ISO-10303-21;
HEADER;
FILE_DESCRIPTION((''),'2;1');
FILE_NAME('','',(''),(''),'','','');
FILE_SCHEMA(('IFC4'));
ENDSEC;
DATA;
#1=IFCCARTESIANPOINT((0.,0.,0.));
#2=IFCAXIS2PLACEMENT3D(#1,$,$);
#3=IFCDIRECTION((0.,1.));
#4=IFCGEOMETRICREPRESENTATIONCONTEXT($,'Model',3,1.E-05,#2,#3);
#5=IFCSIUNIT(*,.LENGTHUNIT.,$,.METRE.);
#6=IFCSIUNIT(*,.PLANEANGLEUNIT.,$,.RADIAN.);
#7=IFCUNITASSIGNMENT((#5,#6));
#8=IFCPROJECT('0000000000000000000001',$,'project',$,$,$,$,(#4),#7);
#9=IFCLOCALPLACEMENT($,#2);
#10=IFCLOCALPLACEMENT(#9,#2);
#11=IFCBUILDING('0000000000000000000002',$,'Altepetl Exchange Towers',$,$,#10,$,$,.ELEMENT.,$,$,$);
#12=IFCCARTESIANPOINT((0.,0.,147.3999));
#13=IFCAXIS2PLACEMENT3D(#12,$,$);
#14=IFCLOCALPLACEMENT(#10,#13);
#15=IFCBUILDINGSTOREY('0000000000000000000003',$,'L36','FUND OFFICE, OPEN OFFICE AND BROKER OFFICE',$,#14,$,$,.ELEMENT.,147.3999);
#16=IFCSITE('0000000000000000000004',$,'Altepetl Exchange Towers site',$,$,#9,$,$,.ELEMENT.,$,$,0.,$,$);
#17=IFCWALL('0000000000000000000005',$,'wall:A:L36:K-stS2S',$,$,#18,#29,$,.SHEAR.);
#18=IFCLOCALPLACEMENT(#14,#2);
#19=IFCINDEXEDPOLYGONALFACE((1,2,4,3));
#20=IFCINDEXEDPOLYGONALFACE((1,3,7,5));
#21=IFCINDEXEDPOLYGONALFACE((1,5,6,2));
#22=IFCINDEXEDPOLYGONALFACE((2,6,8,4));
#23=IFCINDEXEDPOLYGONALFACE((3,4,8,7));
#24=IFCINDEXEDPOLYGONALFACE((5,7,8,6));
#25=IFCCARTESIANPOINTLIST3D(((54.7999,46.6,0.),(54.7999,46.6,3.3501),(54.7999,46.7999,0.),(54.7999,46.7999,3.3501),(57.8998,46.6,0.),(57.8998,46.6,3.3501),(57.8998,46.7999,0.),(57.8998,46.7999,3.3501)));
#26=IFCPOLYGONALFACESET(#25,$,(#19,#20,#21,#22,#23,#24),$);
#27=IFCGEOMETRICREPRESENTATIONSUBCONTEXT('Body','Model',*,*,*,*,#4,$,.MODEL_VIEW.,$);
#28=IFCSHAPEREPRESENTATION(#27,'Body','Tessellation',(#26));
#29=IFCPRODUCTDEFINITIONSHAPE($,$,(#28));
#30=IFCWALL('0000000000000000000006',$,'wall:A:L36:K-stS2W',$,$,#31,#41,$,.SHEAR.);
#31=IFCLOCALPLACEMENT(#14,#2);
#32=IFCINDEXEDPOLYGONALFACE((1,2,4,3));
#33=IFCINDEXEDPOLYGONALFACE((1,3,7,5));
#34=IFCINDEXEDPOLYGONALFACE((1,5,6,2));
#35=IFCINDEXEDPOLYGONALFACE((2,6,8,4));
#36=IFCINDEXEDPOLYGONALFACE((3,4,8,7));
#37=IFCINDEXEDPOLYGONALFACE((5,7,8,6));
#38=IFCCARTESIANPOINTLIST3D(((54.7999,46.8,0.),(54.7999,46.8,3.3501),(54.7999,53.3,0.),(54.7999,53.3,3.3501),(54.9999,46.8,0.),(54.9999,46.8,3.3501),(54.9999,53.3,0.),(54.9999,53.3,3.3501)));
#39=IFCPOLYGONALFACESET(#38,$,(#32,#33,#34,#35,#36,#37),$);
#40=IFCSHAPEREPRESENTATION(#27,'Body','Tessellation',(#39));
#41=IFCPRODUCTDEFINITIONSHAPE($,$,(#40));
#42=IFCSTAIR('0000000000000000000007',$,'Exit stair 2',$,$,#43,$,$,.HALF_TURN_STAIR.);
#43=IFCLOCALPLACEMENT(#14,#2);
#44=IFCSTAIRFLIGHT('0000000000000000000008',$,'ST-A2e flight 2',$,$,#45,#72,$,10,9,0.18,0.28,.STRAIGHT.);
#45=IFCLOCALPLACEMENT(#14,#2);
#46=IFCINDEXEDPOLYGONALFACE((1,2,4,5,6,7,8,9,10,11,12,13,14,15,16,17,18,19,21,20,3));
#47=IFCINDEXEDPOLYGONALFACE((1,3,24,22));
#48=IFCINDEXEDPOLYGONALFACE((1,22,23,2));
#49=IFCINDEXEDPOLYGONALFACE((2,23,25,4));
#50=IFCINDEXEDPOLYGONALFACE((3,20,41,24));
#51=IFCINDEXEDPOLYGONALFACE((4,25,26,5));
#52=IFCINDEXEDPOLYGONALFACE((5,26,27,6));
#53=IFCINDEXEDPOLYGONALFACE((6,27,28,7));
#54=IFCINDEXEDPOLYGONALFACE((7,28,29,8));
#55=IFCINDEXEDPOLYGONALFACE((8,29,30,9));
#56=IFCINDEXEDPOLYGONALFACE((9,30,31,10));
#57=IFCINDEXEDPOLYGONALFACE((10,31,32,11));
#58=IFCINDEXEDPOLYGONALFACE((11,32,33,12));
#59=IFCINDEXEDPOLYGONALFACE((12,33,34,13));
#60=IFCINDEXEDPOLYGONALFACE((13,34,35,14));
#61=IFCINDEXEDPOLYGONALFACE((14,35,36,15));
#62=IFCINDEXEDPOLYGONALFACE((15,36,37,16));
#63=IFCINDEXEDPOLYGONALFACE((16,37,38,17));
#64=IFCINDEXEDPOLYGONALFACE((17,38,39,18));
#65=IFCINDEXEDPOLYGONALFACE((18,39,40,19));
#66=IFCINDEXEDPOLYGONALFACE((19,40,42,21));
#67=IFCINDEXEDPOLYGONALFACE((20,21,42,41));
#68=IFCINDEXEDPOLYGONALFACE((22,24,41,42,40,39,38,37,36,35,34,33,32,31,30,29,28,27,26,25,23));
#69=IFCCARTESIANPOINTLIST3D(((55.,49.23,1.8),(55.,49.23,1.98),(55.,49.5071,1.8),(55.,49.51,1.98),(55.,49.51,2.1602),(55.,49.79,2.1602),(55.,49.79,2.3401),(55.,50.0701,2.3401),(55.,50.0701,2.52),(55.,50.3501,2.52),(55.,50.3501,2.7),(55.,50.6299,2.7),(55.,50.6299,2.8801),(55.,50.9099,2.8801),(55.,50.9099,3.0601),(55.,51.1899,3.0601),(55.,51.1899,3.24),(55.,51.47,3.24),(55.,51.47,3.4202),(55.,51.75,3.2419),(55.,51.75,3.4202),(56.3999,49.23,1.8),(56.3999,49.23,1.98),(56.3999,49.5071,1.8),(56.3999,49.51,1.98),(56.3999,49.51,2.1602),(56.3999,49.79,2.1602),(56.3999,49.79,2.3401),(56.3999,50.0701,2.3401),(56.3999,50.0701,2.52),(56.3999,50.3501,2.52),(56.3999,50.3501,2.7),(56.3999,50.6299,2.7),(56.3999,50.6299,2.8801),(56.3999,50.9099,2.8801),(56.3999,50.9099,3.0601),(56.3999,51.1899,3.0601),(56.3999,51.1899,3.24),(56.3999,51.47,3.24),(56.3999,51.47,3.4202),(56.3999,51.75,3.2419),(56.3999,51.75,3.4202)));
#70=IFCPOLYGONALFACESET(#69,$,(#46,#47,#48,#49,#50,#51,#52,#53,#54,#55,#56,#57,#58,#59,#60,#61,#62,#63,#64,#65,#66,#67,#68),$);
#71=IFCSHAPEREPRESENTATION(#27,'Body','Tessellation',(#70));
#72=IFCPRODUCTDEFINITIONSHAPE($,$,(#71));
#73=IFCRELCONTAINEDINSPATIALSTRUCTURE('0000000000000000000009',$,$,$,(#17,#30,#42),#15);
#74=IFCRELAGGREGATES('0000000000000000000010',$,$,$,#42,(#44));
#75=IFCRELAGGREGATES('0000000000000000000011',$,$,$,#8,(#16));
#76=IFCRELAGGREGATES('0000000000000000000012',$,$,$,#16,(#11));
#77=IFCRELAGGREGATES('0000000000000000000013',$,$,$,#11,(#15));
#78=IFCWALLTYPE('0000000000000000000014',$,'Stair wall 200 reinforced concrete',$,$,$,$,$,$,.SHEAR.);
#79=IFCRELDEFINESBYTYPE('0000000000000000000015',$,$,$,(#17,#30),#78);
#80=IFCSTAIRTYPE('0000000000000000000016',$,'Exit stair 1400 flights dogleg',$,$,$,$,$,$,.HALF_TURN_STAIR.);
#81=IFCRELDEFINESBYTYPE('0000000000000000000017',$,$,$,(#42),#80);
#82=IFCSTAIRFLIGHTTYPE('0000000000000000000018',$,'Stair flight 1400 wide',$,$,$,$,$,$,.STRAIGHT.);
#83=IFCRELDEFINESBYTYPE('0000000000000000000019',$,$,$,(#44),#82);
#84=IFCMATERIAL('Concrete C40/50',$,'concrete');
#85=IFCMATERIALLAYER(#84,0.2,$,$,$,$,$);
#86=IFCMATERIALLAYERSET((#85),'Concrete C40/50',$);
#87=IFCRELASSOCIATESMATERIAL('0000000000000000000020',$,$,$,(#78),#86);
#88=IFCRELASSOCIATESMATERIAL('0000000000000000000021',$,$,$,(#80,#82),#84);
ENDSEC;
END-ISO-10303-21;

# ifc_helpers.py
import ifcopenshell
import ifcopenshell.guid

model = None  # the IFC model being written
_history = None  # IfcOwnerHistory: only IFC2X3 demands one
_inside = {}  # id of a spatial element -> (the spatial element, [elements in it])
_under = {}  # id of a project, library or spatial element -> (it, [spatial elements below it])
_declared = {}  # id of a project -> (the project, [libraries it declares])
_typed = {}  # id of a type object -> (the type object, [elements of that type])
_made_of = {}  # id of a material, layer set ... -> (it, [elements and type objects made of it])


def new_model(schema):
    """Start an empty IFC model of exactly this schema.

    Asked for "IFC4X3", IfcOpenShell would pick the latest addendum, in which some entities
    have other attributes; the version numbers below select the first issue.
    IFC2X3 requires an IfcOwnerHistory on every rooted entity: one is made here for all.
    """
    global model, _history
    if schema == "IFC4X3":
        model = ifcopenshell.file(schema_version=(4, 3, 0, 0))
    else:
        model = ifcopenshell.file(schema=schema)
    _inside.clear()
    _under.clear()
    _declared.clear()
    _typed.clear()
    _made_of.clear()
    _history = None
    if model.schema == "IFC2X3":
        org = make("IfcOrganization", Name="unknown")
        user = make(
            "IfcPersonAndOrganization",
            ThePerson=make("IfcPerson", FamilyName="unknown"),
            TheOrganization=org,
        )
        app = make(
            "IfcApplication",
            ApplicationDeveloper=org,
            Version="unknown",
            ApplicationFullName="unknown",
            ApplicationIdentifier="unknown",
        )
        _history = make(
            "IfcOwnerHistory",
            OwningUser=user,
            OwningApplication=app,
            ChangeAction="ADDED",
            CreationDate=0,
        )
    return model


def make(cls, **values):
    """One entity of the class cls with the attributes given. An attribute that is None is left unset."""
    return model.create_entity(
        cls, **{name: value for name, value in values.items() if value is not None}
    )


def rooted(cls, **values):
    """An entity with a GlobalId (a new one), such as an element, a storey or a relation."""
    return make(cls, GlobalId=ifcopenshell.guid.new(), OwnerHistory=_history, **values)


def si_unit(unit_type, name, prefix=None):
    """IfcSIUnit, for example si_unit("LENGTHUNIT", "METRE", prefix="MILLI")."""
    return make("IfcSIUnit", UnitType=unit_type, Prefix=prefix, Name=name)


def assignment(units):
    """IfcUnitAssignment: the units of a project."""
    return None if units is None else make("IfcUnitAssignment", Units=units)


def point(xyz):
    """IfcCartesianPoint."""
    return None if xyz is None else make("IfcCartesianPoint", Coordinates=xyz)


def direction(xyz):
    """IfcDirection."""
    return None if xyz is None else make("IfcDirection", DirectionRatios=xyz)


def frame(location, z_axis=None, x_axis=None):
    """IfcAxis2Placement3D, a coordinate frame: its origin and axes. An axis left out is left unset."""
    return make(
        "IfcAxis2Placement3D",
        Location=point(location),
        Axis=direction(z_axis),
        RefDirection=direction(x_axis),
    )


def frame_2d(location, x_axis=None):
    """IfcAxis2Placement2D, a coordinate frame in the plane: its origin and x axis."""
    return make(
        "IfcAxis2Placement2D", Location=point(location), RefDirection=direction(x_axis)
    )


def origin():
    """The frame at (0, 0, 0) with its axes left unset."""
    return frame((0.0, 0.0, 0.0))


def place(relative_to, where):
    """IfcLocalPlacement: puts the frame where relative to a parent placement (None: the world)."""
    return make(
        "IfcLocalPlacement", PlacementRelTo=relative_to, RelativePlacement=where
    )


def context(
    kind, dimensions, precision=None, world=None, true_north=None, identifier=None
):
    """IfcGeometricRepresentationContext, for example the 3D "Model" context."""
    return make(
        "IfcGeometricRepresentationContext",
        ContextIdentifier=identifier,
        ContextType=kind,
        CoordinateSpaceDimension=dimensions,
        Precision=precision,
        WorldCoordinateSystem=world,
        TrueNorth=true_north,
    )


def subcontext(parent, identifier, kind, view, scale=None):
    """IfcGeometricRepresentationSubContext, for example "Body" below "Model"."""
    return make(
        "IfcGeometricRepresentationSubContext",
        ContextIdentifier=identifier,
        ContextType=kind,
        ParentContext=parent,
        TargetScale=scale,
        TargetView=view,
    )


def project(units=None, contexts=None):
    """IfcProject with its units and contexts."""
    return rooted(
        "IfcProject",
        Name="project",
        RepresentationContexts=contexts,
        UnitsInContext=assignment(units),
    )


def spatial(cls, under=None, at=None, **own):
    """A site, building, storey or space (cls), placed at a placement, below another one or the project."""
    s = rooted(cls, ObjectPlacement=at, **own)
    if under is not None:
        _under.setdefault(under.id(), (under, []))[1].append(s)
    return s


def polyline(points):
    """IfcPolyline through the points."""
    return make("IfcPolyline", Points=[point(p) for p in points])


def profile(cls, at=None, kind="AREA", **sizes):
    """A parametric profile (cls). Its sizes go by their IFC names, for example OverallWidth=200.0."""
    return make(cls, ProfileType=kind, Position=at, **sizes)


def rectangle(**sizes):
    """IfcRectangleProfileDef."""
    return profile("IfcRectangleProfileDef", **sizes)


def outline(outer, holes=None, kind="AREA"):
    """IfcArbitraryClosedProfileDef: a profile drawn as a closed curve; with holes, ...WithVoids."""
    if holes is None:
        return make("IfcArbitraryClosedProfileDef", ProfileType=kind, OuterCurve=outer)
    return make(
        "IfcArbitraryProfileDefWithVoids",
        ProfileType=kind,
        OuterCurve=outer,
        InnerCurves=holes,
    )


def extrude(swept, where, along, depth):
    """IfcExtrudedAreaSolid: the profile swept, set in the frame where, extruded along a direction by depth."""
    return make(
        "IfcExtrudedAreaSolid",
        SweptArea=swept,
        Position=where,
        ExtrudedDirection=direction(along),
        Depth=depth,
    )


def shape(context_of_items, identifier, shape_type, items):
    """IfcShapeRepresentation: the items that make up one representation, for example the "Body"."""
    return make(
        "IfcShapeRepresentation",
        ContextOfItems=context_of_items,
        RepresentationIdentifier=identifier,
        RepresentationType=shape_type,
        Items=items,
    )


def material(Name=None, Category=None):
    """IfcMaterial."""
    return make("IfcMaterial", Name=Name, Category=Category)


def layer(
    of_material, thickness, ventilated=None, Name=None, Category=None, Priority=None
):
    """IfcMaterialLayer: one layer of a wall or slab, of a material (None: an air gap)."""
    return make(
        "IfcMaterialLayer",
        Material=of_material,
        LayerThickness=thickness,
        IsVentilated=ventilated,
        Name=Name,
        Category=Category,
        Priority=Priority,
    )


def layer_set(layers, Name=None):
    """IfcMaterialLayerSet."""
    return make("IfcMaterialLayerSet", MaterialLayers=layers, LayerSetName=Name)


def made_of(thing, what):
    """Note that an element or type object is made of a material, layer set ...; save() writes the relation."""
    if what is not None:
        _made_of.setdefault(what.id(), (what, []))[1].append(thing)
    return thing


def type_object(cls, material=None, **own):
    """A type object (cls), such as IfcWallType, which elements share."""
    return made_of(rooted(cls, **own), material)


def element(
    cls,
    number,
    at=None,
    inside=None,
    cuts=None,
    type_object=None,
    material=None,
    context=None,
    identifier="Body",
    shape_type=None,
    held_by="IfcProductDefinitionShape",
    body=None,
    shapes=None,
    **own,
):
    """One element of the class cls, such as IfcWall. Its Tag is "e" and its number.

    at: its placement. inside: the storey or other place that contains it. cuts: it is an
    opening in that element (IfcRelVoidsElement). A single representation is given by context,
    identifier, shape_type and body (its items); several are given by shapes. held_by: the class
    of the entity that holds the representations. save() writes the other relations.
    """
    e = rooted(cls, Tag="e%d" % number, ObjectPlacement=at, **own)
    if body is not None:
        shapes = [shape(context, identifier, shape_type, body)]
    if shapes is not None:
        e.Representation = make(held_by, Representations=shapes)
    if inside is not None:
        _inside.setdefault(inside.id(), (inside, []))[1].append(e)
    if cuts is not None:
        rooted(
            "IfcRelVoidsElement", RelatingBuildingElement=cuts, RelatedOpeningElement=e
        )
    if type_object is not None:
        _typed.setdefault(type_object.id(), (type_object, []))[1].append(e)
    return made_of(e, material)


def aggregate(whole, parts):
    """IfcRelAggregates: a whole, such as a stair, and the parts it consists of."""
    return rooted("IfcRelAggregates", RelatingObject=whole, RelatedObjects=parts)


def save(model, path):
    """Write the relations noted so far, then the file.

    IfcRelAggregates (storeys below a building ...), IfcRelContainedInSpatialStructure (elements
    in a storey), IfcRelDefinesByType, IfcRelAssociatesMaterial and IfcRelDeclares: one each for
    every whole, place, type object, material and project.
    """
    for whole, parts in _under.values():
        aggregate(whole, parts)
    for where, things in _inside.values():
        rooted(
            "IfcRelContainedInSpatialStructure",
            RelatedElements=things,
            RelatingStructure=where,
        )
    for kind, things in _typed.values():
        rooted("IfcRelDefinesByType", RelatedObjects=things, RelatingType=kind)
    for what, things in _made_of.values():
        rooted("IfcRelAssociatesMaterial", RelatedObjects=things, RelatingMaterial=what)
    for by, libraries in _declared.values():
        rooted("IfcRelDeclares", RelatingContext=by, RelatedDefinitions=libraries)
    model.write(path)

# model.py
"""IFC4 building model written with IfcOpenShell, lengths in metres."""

from ifc_helpers import new_model, si_unit, direction, frame, frame_2d, origin, place, context, subcontext, project, spatial, polyline, rectangle, outline, extrude, material, layer, layer_set, type_object, element, aggregate, save


model = new_model("IFC4")

# Units and contexts
model_context = context("Model", 3, precision=1e-05, world=origin(), true_north=direction((0.0, 1.0)))
body_context = subcontext(model_context, "Body", "Model", "MODEL_VIEW")
ifc_project = project(units=[si_unit("LENGTHUNIT", "METRE"), si_unit("PLANEANGLEUNIT", "RADIAN")], contexts=[model_context])

# Site, building, storey
site_placement = place(None, origin())
site = spatial("IfcSite", under=ifc_project, at=site_placement, Name="Altepetl Exchange Towers site", CompositionType="ELEMENT", RefElevation=0.0)
building_placement = place(site_placement, origin())
building = spatial("IfcBuilding", under=site, at=building_placement, Name="Altepetl Exchange Towers", CompositionType="ELEMENT")
storey_placement = place(building_placement, frame((0.0, 0.0, 147.3999)))
storey = spatial("IfcBuildingStorey", under=building, at=storey_placement, Name="L36", Description="FUND OFFICE, OPEN OFFICE AND BROKER OFFICE", CompositionType="ELEMENT", Elevation=147.3999)

# Walls
ifc_material_1 = material(Name="Concrete C40/50", Category="concrete")
ifc_layer_1 = layer(ifc_material_1, 0.2)
ifc_layer_set_1 = layer_set([ifc_layer_1], Name="Concrete C40/50")
wall_type_1 = type_object("IfcWallType", Name="Stair wall 200 reinforced concrete", PredefinedType="SHEAR", material=ifc_layer_set_1)
wall_1_placement = place(storey_placement, frame((54.8, 46.7, 0.0)))
element("IfcWall", 1, at=wall_1_placement, inside=storey, type_object=wall_type_1, Name="wall:A:L36:K-stS2S", PredefinedType="SHEAR", context=body_context, shape_type="SweptSolid", body=[
    extrude(rectangle(XDim=3.0999, YDim=0.2, at=frame_2d((1.5498, 0.0))), origin(), (0.0, 0.0, 1.0), 3.3501),
])
wall_2_placement = place(storey_placement, frame((54.8999, 46.8, 0.0), z_axis=(0.0, 0.0, 1.0), x_axis=(0.0, 1.0, 0.0)))
element("IfcWall", 2, at=wall_2_placement, inside=storey, type_object=wall_type_1, Name="wall:A:L36:K-stS2W", PredefinedType="SHEAR", context=body_context, shape_type="SweptSolid", body=[
    extrude(rectangle(XDim=6.5, YDim=0.2, at=frame_2d((3.25, 0.0))), origin(), (0.0, 0.0, 1.0), 3.3501),
])

# Stair, stair flight
stair_type = type_object("IfcStairType", Name="Exit stair 1400 flights dogleg", PredefinedType="HALF_TURN_STAIR", material=ifc_material_1)
stair_placement = place(storey_placement, origin())
stair = element("IfcStair", 3, at=stair_placement, inside=storey, type_object=stair_type, Name="Exit stair 2", PredefinedType="HALF_TURN_STAIR")
stair_flight_type = type_object("IfcStairFlightType", Name="Stair flight 1400 wide", PredefinedType="STRAIGHT", material=ifc_material_1)
stair_flight_placement = place(storey_placement, frame((55.7, 49.23, 1.8), z_axis=(0.0, 0.0, 1.0), x_axis=(0.0, 1.0, 0.0)))
stair_flight = element("IfcStairFlight", 4, at=stair_flight_placement, type_object=stair_flight_type, Name="ST-A2e flight 2", NumberOfRisers=10, NumberOfTreads=9, PredefinedType="STRAIGHT", RiserHeight=0.18, TreadLength=0.28, context=body_context, shape_type="SweptSolid", body=[
    extrude(outline(polyline([(0.0, 0.0), (0.0, 0.1799), (0.28, 0.1799), (0.28, 0.3601), (0.5601, 0.3601), (0.5601, 0.54), (0.8401, 0.54), (0.8401, 0.72), (1.1201, 0.72), (1.1201, 0.8999), (1.3999, 0.8999), (1.3999, 1.0801), (1.6799, 1.0801), (1.6799, 1.26), (1.96, 1.26), (1.96, 1.4399), (2.24, 1.4399), (2.24, 1.6201), (2.52, 1.6201), (2.52, 1.8), (2.52, 1.4419), (0.2771, 0.0), (0.0, 0.0)])), frame((0.0, 0.7, 0.0), z_axis=(0.0, -1.0, 0.0), x_axis=(1.0, 0.0, 0.0)), (0.0, 0.0, 1.0), 1.3999),
])
aggregate(stair, [stair_flight])

save(model, "model.ifc")
